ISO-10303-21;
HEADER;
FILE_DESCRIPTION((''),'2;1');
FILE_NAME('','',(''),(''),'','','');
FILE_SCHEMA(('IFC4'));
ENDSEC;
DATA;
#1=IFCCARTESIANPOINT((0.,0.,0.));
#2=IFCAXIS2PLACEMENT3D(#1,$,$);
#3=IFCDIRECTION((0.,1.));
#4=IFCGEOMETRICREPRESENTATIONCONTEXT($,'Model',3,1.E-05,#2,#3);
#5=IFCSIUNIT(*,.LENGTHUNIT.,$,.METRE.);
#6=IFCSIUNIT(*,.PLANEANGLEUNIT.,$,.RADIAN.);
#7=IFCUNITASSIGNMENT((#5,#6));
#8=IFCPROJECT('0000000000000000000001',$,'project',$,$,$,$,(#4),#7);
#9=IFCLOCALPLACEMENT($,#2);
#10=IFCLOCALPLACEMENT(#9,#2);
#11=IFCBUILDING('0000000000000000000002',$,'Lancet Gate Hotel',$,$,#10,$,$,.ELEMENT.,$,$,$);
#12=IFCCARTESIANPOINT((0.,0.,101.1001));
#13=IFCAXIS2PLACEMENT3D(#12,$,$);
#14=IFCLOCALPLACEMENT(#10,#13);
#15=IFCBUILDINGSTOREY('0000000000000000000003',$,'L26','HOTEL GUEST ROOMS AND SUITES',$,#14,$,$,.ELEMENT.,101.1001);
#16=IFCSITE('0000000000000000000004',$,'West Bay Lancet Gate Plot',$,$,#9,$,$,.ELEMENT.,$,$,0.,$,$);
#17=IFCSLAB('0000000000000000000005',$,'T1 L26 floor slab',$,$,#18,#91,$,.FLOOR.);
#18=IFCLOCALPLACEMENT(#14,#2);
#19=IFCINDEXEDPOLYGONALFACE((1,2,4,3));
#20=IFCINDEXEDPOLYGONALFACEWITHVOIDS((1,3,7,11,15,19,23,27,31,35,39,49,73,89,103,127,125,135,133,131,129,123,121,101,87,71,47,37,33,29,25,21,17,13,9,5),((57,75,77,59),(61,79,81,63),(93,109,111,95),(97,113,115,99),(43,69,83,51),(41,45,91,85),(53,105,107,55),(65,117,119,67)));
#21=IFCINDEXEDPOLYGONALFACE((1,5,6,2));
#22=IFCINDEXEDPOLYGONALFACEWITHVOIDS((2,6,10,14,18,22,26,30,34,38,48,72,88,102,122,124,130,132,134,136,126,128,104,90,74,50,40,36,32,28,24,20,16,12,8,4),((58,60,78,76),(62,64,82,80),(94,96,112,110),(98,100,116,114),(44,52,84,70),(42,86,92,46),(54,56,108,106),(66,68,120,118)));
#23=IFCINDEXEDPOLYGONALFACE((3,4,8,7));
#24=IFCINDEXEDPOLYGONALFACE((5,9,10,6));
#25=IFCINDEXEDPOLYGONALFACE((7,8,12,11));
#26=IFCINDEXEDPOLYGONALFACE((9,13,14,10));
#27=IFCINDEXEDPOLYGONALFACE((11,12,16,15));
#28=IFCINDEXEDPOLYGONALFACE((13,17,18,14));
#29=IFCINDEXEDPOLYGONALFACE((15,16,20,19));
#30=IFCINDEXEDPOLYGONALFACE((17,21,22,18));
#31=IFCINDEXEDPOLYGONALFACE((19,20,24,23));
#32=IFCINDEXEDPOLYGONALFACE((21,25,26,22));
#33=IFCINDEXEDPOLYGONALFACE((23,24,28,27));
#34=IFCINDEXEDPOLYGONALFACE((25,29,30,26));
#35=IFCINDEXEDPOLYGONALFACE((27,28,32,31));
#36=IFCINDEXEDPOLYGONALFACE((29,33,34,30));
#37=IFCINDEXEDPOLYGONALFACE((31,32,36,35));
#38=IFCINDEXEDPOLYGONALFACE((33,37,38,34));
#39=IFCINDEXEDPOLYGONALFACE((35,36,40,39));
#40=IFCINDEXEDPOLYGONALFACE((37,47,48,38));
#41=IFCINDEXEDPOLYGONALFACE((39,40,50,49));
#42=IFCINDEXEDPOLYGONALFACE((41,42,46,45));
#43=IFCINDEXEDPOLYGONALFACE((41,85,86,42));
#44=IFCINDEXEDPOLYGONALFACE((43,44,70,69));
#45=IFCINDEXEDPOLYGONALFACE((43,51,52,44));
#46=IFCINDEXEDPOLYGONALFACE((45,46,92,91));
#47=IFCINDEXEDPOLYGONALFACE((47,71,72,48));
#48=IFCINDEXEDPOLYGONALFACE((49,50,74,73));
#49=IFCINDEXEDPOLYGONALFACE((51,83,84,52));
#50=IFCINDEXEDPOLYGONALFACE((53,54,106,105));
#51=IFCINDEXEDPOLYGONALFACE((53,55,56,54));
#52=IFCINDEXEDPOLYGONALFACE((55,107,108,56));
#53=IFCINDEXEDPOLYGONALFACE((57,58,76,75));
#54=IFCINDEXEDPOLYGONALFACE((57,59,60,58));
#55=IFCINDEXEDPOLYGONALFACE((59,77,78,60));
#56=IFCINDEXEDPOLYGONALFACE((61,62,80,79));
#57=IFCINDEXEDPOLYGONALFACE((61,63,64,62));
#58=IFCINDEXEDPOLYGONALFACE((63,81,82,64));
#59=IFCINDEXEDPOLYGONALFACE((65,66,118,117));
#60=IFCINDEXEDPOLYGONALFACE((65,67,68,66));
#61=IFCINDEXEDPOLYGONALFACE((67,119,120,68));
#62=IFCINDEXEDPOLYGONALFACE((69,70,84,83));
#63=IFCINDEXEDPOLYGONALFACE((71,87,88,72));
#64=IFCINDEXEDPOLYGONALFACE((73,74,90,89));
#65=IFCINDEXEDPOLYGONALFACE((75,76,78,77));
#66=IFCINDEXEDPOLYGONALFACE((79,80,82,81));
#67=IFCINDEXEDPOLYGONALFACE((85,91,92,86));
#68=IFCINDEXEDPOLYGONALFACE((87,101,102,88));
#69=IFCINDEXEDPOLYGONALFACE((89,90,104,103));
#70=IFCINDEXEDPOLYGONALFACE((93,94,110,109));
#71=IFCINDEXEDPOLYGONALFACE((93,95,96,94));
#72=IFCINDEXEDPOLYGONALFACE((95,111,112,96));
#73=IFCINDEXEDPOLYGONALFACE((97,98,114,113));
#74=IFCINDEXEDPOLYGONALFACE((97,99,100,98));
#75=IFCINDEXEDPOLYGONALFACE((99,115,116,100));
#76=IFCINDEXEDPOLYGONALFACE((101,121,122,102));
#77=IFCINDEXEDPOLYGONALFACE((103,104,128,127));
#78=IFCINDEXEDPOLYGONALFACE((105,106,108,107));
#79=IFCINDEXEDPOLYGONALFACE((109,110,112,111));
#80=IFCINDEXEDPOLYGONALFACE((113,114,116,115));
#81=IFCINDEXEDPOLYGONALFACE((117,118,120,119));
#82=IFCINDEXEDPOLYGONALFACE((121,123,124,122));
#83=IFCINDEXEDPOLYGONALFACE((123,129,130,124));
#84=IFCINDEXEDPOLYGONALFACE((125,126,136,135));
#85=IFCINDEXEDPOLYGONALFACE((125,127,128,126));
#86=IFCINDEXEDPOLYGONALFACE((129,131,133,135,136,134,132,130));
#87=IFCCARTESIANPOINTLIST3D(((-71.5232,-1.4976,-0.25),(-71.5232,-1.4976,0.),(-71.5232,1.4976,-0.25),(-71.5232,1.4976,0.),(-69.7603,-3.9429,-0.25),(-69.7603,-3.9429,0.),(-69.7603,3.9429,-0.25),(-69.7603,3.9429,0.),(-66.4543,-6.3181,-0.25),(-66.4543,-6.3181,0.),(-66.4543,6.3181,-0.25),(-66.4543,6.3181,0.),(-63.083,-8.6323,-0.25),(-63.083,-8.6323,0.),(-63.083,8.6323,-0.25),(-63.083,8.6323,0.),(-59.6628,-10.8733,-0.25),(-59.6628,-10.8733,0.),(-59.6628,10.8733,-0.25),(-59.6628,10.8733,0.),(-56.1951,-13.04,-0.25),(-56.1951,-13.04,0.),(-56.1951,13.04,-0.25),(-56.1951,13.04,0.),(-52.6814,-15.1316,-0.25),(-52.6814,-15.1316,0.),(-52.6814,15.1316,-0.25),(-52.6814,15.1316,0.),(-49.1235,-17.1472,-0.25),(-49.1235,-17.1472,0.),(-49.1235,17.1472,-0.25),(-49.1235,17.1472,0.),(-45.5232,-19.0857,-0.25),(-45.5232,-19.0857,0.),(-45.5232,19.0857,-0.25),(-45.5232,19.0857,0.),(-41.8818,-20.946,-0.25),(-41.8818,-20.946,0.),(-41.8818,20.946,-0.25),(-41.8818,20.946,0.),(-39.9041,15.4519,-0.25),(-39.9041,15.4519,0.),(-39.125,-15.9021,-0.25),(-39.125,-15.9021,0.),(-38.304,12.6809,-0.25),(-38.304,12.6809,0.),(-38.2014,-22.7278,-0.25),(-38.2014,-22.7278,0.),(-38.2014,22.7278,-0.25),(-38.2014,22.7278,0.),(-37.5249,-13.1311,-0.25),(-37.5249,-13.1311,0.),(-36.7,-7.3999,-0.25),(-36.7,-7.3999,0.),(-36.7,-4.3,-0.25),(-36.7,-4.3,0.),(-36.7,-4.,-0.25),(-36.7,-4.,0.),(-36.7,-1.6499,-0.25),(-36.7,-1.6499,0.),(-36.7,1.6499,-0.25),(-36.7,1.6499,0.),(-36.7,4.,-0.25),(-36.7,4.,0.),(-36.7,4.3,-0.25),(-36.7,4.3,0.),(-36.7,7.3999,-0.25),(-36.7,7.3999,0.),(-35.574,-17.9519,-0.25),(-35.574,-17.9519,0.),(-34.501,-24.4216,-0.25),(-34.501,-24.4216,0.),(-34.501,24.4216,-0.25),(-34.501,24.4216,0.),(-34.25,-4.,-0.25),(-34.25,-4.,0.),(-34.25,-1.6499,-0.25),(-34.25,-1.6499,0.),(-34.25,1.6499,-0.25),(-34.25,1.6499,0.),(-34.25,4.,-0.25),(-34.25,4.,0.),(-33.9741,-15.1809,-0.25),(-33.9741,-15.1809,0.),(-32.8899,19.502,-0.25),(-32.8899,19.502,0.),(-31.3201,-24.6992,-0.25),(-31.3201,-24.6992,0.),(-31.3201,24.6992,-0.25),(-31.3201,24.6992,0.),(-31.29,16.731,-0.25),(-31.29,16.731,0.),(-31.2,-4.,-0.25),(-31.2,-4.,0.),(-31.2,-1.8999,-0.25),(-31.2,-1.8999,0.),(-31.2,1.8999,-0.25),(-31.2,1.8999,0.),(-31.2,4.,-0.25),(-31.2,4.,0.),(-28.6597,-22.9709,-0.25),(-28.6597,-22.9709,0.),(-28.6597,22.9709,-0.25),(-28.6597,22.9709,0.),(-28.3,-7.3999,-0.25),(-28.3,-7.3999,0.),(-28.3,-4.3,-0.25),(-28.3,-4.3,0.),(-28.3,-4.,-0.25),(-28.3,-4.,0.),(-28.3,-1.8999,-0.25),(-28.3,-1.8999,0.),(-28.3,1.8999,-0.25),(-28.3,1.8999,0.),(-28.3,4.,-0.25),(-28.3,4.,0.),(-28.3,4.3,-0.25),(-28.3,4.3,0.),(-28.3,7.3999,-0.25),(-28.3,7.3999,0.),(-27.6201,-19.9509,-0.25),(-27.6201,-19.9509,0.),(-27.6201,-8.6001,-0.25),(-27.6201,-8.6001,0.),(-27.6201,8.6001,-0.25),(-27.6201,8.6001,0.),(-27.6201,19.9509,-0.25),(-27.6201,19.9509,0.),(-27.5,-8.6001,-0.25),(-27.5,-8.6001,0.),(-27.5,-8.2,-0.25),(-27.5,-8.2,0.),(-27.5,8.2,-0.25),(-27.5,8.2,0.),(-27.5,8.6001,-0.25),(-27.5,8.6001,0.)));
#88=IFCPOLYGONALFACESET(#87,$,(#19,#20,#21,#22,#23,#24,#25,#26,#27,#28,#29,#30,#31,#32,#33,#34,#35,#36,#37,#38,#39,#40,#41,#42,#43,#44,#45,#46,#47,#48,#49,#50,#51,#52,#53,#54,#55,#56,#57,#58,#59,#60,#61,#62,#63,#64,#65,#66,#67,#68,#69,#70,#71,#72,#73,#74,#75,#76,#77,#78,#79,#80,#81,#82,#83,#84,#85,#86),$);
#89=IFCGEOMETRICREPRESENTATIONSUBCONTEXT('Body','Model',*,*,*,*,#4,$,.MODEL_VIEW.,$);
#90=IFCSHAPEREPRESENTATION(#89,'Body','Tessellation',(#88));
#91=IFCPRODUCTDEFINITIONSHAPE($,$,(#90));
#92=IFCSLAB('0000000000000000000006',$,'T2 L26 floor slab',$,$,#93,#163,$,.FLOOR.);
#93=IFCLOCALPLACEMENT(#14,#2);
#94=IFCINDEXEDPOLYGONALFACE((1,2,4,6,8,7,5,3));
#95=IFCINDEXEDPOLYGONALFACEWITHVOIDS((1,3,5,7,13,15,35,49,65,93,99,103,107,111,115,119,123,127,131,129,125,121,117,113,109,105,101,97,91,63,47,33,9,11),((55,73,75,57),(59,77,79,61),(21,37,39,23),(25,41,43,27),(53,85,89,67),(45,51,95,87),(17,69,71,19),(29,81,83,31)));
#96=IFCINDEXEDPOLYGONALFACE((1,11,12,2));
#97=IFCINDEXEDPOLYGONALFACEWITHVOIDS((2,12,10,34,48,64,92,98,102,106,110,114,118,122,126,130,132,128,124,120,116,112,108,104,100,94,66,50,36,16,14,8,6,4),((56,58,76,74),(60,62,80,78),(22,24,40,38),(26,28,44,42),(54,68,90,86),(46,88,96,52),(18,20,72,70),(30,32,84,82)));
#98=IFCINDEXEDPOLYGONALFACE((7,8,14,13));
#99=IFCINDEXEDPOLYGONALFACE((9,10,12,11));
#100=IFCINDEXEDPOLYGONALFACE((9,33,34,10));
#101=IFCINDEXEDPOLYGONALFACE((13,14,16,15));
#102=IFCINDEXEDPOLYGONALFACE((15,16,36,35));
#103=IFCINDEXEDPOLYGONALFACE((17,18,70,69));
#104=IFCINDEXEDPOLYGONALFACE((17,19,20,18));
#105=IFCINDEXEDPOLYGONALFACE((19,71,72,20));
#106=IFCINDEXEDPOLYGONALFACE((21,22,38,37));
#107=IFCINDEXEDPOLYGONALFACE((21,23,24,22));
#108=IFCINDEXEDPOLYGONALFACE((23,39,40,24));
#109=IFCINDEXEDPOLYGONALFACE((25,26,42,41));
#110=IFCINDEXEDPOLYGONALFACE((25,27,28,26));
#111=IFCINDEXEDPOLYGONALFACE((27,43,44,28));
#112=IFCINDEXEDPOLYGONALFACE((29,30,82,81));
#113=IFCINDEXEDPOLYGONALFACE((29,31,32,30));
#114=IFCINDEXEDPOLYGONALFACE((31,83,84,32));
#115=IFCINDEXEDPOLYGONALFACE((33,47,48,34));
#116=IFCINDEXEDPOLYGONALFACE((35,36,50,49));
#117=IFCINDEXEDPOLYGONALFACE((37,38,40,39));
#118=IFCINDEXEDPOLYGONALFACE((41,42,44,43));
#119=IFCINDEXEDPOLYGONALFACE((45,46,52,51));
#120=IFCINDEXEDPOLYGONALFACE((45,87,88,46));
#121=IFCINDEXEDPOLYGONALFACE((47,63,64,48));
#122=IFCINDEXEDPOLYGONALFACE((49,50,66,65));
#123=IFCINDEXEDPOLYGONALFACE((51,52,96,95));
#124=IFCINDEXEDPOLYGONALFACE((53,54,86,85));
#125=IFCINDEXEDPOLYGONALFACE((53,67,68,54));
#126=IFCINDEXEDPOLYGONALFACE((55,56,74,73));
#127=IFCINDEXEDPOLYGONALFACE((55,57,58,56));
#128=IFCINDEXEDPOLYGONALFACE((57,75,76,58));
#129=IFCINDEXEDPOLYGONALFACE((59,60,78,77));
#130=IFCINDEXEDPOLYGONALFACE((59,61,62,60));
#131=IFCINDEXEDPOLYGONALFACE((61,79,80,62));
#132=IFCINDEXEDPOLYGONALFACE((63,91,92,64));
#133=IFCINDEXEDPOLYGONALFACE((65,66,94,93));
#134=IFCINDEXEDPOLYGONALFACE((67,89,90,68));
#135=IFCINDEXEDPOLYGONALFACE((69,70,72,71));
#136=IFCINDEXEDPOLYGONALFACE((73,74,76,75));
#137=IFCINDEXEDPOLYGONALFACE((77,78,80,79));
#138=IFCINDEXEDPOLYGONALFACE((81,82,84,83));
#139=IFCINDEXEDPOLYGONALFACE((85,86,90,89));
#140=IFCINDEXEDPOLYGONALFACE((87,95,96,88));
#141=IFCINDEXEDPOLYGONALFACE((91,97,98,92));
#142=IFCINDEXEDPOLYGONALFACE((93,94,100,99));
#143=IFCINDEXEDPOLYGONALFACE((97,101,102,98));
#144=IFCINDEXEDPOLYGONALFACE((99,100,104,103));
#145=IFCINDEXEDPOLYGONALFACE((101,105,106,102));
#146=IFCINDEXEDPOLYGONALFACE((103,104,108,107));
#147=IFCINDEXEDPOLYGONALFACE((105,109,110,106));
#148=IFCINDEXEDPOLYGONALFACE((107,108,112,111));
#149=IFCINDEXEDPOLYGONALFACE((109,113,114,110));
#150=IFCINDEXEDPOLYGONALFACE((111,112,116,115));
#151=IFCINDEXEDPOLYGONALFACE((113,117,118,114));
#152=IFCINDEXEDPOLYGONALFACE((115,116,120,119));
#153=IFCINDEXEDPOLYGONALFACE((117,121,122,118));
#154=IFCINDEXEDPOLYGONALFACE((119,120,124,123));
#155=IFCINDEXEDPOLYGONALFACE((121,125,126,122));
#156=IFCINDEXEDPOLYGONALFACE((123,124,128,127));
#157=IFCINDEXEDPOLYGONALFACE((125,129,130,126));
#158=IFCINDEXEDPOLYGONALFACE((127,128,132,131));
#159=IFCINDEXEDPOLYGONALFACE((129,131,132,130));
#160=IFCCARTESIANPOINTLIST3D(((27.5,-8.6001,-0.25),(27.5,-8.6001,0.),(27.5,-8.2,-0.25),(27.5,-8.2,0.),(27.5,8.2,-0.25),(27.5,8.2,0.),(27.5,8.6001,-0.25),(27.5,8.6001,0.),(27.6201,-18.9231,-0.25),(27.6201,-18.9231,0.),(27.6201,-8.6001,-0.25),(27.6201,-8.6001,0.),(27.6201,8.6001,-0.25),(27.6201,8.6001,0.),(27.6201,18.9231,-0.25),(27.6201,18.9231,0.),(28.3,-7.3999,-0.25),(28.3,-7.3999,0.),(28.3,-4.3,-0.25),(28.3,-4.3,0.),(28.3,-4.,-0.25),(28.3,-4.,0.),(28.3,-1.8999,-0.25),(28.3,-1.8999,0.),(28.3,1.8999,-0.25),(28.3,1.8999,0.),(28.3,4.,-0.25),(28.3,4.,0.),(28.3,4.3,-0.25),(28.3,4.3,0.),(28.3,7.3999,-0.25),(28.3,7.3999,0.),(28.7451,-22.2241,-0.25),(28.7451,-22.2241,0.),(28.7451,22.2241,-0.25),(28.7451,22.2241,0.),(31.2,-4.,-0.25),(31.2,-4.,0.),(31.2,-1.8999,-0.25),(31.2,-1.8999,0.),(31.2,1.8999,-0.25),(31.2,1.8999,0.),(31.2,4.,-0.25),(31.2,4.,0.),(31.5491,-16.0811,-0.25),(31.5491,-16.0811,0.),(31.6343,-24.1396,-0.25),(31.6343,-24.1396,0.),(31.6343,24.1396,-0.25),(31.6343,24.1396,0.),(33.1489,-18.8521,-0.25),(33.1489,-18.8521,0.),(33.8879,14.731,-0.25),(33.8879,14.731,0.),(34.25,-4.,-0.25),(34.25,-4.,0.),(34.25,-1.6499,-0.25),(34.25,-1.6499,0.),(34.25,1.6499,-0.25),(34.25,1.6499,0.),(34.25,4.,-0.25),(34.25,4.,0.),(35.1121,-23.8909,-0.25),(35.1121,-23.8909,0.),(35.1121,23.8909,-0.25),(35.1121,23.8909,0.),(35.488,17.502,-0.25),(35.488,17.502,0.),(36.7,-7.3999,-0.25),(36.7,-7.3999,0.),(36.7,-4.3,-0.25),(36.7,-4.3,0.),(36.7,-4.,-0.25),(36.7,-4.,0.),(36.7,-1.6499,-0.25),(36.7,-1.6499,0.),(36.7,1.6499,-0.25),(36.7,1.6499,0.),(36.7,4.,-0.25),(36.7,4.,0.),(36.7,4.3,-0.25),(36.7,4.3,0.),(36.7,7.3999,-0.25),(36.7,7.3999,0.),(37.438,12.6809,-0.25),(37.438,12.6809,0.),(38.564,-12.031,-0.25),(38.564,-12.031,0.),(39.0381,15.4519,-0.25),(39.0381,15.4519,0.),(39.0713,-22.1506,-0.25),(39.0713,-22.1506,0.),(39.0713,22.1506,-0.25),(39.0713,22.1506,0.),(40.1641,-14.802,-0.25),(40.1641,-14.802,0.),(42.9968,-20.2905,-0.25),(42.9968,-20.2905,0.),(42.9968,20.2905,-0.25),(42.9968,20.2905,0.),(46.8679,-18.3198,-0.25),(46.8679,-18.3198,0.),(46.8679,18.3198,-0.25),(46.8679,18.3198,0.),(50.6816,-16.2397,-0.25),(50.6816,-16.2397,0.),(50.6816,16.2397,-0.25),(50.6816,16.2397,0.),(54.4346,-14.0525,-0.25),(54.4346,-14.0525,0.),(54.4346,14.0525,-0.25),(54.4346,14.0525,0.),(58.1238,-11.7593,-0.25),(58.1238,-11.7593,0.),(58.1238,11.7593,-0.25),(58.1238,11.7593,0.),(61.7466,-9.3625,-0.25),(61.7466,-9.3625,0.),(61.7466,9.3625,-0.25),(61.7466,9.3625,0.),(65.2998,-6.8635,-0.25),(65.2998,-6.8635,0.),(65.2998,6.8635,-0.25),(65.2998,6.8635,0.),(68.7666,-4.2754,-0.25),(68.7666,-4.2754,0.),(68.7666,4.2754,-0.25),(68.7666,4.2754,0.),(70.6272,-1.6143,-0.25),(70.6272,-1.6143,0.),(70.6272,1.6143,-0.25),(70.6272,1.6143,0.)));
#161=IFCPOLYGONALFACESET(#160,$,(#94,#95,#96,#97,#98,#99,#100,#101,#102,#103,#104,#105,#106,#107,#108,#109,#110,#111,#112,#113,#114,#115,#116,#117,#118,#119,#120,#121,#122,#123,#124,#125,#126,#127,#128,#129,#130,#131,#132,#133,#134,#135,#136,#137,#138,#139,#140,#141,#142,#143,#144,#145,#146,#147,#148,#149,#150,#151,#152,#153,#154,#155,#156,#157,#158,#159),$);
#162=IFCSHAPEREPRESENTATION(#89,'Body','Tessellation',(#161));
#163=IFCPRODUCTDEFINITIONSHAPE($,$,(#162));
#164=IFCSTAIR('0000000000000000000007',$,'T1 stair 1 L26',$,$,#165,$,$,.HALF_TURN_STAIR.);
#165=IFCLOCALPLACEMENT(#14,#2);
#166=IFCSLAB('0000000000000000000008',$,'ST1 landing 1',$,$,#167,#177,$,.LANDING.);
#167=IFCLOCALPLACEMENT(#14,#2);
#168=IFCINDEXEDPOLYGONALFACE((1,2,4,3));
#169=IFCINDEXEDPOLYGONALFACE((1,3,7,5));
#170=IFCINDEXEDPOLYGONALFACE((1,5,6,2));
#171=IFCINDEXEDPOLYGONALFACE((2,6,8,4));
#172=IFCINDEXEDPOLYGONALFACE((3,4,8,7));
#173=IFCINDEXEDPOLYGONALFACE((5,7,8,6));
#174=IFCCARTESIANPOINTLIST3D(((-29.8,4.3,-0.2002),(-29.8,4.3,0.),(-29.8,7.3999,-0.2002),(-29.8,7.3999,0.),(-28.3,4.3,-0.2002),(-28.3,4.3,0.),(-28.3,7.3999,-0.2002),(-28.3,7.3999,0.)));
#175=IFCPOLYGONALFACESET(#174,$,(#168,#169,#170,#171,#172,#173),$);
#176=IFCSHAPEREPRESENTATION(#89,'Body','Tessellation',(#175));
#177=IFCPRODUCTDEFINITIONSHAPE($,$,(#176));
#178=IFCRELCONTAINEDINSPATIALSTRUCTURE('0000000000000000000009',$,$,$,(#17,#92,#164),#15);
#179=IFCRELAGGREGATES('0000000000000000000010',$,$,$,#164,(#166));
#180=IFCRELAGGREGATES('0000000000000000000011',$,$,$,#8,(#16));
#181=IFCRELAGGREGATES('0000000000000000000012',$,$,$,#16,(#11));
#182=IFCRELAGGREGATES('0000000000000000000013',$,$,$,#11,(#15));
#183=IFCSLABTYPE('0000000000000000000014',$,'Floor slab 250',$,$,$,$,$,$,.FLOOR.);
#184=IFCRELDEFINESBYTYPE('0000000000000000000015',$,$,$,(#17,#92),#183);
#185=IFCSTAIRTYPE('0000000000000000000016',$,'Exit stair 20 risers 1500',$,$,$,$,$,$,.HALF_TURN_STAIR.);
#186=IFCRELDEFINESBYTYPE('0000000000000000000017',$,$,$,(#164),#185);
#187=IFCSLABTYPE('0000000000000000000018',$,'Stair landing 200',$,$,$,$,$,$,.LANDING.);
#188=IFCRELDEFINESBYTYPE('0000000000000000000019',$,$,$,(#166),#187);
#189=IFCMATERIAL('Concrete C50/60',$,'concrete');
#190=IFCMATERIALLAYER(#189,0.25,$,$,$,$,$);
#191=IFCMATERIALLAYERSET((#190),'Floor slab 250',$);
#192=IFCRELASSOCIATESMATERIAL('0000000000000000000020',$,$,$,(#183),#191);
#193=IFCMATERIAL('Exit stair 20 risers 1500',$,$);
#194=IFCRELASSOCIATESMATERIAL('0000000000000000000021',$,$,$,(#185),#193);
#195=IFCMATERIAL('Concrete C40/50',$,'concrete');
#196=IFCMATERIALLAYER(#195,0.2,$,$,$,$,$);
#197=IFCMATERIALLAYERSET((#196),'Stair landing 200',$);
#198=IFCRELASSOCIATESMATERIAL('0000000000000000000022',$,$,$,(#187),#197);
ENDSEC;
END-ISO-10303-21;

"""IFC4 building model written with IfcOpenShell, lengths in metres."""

from ifc_helpers import new_model, si_unit, direction, frame, origin, place, context, subcontext, project, spatial, polyline, outline, extrude, material, layer, layer_set, type_object, element, aggregate, save


model = new_model("IFC4")

# Units and contexts
model_context = context("Model", 3, precision=1e-05, world=origin(), true_north=direction((0.0, 1.0)))
body_context = subcontext(model_context, "Body", "Model", "MODEL_VIEW")
ifc_project = project(units=[si_unit("LENGTHUNIT", "METRE"), si_unit("PLANEANGLEUNIT", "RADIAN")], contexts=[model_context])

# Site, building, storey
site_placement = place(None, origin())
site = spatial("IfcSite", under=ifc_project, at=site_placement, Name="West Bay Lancet Gate Plot", CompositionType="ELEMENT", RefElevation=0.0)
building_placement = place(site_placement, origin())
building = spatial("IfcBuilding", under=site, at=building_placement, Name="Lancet Gate Hotel", CompositionType="ELEMENT")
storey_placement = place(building_placement, frame((0.0, 0.0, 101.1001)))
storey = spatial("IfcBuildingStorey", under=building, at=storey_placement, Name="L26", Description="HOTEL GUEST ROOMS AND SUITES", CompositionType="ELEMENT", Elevation=101.1001)

# Slabs
ifc_material_1 = material(Name="Concrete C50/60", Category="concrete")
ifc_layer_1 = layer(ifc_material_1, 0.25)
ifc_layer_set_1 = layer_set([ifc_layer_1], Name="Floor slab 250")
slab_type_1 = type_object("IfcSlabType", Name="Floor slab 250", PredefinedType="FLOOR", material=ifc_layer_set_1)
slab_1_placement = place(storey_placement, frame((0.0, 0.0, -0.25)))
element("IfcSlab", 1, at=slab_1_placement, inside=storey, type_object=slab_type_1, Name="T1 L26 floor slab", PredefinedType="FLOOR", context=body_context, shape_type="SweptSolid", body=[
    extrude(outline(polyline([(-27.5, 8.6001), (-27.6201, 8.6001), (-27.6201, 19.9509), (-28.6597, 22.9709), (-31.3201, 24.6992), (-34.501, 24.4216), (-38.2014, 22.7278), (-41.8818, 20.946), (-45.5232, 19.0857), (-49.1235, 17.1472), (-52.6814, 15.1316), (-56.1951, 13.04), (-59.6628, 10.8733), (-63.083, 8.6323), (-66.4543, 6.3181), (-69.7603, 3.9429), (-71.5232, 1.4976), (-71.5232, -1.4976), (-69.7603, -3.9429), (-66.4543, -6.3181), (-63.083, -8.6323), (-59.6628, -10.8733), (-56.1951, -13.04), (-52.6814, -15.1316), (-49.1235, -17.1472), (-45.5232, -19.0857), (-41.8818, -20.946), (-38.2014, -22.7278), (-34.501, -24.4216), (-31.3201, -24.6992), (-28.6597, -22.9709), (-27.6201, -19.9509), (-27.6201, -8.6001), (-27.5, -8.6001), (-27.5, -8.2), (-27.5, 8.2), (-27.5, 8.6001)]), holes=[polyline([(-36.7, 7.3999), (-36.7, 4.3), (-28.3, 4.3), (-28.3, 7.3999), (-36.7, 7.3999)]), polyline([(-28.3, 4.0), (-31.2, 4.0), (-31.2, 1.8999), (-28.3, 1.8999), (-28.3, 4.0)]), polyline([(-34.25, 4.0), (-36.7, 4.0), (-36.7, 1.6499), (-34.25, 1.6499), (-34.25, 4.0)]), polyline([(-36.7, -1.6499), (-36.7, -4.0), (-34.25, -4.0), (-34.25, -1.6499), (-36.7, -1.6499)]), polyline([(-28.3, -1.8999), (-31.2, -1.8999), (-31.2, -4.0), (-28.3, -4.0), (-28.3, -1.8999)]), polyline([(-28.3, -4.3), (-36.7, -4.3), (-36.7, -7.3999), (-28.3, -7.3999), (-28.3, -4.3)]), polyline([(-31.29, 16.731), (-32.8899, 19.502), (-39.9041, 15.4519), (-38.304, 12.6809), (-31.29, 16.731)]), polyline([(-33.9741, -15.1809), (-37.5249, -13.1311), (-39.125, -15.9021), (-35.574, -17.9519), (-33.9741, -15.1809)])]), origin(), (0.0, 0.0, 1.0), 0.25),
])
slab_2_placement = place(storey_placement, frame((0.0, 0.0, -0.25)))
element("IfcSlab", 2, at=slab_2_placement, inside=storey, type_object=slab_type_1, Name="T2 L26 floor slab", PredefinedType="FLOOR", context=body_context, shape_type="SweptSolid", body=[
    extrude(outline(polyline([(27.5, -8.6001), (27.6201, -8.6001), (27.6201, -18.9231), (28.7451, -22.2241), (31.6343, -24.1396), (35.1121, -23.8909), (39.0713, -22.1506), (42.9968, -20.2905), (46.8679, -18.3198), (50.6816, -16.2397), (54.4346, -14.0525), (58.1238, -11.7593), (61.7466, -9.3625), (65.2998, -6.8635), (68.7666, -4.2754), (70.6272, -1.6143), (70.6272, 1.6143), (68.7666, 4.2754), (65.2998, 6.8635), (61.7466, 9.3625), (58.1238, 11.7593), (54.4346, 14.0525), (50.6816, 16.2397), (46.8679, 18.3198), (42.9968, 20.2905), (39.0713, 22.1506), (35.1121, 23.8909), (31.6343, 24.1396), (28.7451, 22.2241), (27.6201, 18.9231), (27.6201, 8.6001), (27.5, 8.6001), (27.5, 8.2), (27.5, -8.2), (27.5, -8.6001)]), holes=[polyline([(36.7, -7.3999), (36.7, -4.3), (28.3, -4.3), (28.3, -7.3999), (36.7, -7.3999)]), polyline([(28.3, -4.0), (31.2, -4.0), (31.2, -1.8999), (28.3, -1.8999), (28.3, -4.0)]), polyline([(34.25, -4.0), (36.7, -4.0), (36.7, -1.6499), (34.25, -1.6499), (34.25, -4.0)]), polyline([(36.7, 1.6499), (36.7, 4.0), (34.25, 4.0), (34.25, 1.6499), (36.7, 1.6499)]), polyline([(28.3, 1.8999), (31.2, 1.8999), (31.2, 4.0), (28.3, 4.0), (28.3, 1.8999)]), polyline([(28.3, 4.3), (36.7, 4.3), (36.7, 7.3999), (28.3, 7.3999), (28.3, 4.3)]), polyline([(31.5491, -16.0811), (33.1489, -18.8521), (40.1641, -14.802), (38.564, -12.031), (31.5491, -16.0811)]), polyline([(33.8879, 14.731), (37.438, 12.6809), (39.0381, 15.4519), (35.488, 17.502), (33.8879, 14.731)])]), origin(), (0.0, 0.0, 1.0), 0.25),
])

# Stair, slab
ifc_material_2 = material(Name="Exit stair 20 risers 1500")
stair_type = type_object("IfcStairType", Name="Exit stair 20 risers 1500", PredefinedType="HALF_TURN_STAIR", material=ifc_material_2)
stair_1_placement = place(storey_placement, origin())
stair_1 = element("IfcStair", 3, at=stair_1_placement, inside=storey, type_object=stair_type, Name="T1 stair 1 L26", PredefinedType="HALF_TURN_STAIR")
ifc_material_3 = material(Name="Concrete C40/50", Category="concrete")
ifc_layer_2 = layer(ifc_material_3, 0.2)
ifc_layer_set_2 = layer_set([ifc_layer_2], Name="Stair landing 200")
slab_type_2 = type_object("IfcSlabType", Name="Stair landing 200", PredefinedType="LANDING", material=ifc_layer_set_2)
slab_3_placement = place(storey_placement, frame((0.0, 0.0, -0.2002)))
slab_3 = element("IfcSlab", 4, at=slab_3_placement, type_object=slab_type_2, Name="ST1 landing 1", PredefinedType="LANDING", context=body_context, shape_type="SweptSolid", body=[
    extrude(outline(polyline([(-28.3, 7.3999), (-29.8, 7.3999), (-29.8, 4.3), (-28.3, 4.3), (-28.3, 7.3999)])), origin(), (0.0, 0.0, 1.0), 0.2002),
])
aggregate(stair_1, [slab_3])

save(model, "model.ifc")
